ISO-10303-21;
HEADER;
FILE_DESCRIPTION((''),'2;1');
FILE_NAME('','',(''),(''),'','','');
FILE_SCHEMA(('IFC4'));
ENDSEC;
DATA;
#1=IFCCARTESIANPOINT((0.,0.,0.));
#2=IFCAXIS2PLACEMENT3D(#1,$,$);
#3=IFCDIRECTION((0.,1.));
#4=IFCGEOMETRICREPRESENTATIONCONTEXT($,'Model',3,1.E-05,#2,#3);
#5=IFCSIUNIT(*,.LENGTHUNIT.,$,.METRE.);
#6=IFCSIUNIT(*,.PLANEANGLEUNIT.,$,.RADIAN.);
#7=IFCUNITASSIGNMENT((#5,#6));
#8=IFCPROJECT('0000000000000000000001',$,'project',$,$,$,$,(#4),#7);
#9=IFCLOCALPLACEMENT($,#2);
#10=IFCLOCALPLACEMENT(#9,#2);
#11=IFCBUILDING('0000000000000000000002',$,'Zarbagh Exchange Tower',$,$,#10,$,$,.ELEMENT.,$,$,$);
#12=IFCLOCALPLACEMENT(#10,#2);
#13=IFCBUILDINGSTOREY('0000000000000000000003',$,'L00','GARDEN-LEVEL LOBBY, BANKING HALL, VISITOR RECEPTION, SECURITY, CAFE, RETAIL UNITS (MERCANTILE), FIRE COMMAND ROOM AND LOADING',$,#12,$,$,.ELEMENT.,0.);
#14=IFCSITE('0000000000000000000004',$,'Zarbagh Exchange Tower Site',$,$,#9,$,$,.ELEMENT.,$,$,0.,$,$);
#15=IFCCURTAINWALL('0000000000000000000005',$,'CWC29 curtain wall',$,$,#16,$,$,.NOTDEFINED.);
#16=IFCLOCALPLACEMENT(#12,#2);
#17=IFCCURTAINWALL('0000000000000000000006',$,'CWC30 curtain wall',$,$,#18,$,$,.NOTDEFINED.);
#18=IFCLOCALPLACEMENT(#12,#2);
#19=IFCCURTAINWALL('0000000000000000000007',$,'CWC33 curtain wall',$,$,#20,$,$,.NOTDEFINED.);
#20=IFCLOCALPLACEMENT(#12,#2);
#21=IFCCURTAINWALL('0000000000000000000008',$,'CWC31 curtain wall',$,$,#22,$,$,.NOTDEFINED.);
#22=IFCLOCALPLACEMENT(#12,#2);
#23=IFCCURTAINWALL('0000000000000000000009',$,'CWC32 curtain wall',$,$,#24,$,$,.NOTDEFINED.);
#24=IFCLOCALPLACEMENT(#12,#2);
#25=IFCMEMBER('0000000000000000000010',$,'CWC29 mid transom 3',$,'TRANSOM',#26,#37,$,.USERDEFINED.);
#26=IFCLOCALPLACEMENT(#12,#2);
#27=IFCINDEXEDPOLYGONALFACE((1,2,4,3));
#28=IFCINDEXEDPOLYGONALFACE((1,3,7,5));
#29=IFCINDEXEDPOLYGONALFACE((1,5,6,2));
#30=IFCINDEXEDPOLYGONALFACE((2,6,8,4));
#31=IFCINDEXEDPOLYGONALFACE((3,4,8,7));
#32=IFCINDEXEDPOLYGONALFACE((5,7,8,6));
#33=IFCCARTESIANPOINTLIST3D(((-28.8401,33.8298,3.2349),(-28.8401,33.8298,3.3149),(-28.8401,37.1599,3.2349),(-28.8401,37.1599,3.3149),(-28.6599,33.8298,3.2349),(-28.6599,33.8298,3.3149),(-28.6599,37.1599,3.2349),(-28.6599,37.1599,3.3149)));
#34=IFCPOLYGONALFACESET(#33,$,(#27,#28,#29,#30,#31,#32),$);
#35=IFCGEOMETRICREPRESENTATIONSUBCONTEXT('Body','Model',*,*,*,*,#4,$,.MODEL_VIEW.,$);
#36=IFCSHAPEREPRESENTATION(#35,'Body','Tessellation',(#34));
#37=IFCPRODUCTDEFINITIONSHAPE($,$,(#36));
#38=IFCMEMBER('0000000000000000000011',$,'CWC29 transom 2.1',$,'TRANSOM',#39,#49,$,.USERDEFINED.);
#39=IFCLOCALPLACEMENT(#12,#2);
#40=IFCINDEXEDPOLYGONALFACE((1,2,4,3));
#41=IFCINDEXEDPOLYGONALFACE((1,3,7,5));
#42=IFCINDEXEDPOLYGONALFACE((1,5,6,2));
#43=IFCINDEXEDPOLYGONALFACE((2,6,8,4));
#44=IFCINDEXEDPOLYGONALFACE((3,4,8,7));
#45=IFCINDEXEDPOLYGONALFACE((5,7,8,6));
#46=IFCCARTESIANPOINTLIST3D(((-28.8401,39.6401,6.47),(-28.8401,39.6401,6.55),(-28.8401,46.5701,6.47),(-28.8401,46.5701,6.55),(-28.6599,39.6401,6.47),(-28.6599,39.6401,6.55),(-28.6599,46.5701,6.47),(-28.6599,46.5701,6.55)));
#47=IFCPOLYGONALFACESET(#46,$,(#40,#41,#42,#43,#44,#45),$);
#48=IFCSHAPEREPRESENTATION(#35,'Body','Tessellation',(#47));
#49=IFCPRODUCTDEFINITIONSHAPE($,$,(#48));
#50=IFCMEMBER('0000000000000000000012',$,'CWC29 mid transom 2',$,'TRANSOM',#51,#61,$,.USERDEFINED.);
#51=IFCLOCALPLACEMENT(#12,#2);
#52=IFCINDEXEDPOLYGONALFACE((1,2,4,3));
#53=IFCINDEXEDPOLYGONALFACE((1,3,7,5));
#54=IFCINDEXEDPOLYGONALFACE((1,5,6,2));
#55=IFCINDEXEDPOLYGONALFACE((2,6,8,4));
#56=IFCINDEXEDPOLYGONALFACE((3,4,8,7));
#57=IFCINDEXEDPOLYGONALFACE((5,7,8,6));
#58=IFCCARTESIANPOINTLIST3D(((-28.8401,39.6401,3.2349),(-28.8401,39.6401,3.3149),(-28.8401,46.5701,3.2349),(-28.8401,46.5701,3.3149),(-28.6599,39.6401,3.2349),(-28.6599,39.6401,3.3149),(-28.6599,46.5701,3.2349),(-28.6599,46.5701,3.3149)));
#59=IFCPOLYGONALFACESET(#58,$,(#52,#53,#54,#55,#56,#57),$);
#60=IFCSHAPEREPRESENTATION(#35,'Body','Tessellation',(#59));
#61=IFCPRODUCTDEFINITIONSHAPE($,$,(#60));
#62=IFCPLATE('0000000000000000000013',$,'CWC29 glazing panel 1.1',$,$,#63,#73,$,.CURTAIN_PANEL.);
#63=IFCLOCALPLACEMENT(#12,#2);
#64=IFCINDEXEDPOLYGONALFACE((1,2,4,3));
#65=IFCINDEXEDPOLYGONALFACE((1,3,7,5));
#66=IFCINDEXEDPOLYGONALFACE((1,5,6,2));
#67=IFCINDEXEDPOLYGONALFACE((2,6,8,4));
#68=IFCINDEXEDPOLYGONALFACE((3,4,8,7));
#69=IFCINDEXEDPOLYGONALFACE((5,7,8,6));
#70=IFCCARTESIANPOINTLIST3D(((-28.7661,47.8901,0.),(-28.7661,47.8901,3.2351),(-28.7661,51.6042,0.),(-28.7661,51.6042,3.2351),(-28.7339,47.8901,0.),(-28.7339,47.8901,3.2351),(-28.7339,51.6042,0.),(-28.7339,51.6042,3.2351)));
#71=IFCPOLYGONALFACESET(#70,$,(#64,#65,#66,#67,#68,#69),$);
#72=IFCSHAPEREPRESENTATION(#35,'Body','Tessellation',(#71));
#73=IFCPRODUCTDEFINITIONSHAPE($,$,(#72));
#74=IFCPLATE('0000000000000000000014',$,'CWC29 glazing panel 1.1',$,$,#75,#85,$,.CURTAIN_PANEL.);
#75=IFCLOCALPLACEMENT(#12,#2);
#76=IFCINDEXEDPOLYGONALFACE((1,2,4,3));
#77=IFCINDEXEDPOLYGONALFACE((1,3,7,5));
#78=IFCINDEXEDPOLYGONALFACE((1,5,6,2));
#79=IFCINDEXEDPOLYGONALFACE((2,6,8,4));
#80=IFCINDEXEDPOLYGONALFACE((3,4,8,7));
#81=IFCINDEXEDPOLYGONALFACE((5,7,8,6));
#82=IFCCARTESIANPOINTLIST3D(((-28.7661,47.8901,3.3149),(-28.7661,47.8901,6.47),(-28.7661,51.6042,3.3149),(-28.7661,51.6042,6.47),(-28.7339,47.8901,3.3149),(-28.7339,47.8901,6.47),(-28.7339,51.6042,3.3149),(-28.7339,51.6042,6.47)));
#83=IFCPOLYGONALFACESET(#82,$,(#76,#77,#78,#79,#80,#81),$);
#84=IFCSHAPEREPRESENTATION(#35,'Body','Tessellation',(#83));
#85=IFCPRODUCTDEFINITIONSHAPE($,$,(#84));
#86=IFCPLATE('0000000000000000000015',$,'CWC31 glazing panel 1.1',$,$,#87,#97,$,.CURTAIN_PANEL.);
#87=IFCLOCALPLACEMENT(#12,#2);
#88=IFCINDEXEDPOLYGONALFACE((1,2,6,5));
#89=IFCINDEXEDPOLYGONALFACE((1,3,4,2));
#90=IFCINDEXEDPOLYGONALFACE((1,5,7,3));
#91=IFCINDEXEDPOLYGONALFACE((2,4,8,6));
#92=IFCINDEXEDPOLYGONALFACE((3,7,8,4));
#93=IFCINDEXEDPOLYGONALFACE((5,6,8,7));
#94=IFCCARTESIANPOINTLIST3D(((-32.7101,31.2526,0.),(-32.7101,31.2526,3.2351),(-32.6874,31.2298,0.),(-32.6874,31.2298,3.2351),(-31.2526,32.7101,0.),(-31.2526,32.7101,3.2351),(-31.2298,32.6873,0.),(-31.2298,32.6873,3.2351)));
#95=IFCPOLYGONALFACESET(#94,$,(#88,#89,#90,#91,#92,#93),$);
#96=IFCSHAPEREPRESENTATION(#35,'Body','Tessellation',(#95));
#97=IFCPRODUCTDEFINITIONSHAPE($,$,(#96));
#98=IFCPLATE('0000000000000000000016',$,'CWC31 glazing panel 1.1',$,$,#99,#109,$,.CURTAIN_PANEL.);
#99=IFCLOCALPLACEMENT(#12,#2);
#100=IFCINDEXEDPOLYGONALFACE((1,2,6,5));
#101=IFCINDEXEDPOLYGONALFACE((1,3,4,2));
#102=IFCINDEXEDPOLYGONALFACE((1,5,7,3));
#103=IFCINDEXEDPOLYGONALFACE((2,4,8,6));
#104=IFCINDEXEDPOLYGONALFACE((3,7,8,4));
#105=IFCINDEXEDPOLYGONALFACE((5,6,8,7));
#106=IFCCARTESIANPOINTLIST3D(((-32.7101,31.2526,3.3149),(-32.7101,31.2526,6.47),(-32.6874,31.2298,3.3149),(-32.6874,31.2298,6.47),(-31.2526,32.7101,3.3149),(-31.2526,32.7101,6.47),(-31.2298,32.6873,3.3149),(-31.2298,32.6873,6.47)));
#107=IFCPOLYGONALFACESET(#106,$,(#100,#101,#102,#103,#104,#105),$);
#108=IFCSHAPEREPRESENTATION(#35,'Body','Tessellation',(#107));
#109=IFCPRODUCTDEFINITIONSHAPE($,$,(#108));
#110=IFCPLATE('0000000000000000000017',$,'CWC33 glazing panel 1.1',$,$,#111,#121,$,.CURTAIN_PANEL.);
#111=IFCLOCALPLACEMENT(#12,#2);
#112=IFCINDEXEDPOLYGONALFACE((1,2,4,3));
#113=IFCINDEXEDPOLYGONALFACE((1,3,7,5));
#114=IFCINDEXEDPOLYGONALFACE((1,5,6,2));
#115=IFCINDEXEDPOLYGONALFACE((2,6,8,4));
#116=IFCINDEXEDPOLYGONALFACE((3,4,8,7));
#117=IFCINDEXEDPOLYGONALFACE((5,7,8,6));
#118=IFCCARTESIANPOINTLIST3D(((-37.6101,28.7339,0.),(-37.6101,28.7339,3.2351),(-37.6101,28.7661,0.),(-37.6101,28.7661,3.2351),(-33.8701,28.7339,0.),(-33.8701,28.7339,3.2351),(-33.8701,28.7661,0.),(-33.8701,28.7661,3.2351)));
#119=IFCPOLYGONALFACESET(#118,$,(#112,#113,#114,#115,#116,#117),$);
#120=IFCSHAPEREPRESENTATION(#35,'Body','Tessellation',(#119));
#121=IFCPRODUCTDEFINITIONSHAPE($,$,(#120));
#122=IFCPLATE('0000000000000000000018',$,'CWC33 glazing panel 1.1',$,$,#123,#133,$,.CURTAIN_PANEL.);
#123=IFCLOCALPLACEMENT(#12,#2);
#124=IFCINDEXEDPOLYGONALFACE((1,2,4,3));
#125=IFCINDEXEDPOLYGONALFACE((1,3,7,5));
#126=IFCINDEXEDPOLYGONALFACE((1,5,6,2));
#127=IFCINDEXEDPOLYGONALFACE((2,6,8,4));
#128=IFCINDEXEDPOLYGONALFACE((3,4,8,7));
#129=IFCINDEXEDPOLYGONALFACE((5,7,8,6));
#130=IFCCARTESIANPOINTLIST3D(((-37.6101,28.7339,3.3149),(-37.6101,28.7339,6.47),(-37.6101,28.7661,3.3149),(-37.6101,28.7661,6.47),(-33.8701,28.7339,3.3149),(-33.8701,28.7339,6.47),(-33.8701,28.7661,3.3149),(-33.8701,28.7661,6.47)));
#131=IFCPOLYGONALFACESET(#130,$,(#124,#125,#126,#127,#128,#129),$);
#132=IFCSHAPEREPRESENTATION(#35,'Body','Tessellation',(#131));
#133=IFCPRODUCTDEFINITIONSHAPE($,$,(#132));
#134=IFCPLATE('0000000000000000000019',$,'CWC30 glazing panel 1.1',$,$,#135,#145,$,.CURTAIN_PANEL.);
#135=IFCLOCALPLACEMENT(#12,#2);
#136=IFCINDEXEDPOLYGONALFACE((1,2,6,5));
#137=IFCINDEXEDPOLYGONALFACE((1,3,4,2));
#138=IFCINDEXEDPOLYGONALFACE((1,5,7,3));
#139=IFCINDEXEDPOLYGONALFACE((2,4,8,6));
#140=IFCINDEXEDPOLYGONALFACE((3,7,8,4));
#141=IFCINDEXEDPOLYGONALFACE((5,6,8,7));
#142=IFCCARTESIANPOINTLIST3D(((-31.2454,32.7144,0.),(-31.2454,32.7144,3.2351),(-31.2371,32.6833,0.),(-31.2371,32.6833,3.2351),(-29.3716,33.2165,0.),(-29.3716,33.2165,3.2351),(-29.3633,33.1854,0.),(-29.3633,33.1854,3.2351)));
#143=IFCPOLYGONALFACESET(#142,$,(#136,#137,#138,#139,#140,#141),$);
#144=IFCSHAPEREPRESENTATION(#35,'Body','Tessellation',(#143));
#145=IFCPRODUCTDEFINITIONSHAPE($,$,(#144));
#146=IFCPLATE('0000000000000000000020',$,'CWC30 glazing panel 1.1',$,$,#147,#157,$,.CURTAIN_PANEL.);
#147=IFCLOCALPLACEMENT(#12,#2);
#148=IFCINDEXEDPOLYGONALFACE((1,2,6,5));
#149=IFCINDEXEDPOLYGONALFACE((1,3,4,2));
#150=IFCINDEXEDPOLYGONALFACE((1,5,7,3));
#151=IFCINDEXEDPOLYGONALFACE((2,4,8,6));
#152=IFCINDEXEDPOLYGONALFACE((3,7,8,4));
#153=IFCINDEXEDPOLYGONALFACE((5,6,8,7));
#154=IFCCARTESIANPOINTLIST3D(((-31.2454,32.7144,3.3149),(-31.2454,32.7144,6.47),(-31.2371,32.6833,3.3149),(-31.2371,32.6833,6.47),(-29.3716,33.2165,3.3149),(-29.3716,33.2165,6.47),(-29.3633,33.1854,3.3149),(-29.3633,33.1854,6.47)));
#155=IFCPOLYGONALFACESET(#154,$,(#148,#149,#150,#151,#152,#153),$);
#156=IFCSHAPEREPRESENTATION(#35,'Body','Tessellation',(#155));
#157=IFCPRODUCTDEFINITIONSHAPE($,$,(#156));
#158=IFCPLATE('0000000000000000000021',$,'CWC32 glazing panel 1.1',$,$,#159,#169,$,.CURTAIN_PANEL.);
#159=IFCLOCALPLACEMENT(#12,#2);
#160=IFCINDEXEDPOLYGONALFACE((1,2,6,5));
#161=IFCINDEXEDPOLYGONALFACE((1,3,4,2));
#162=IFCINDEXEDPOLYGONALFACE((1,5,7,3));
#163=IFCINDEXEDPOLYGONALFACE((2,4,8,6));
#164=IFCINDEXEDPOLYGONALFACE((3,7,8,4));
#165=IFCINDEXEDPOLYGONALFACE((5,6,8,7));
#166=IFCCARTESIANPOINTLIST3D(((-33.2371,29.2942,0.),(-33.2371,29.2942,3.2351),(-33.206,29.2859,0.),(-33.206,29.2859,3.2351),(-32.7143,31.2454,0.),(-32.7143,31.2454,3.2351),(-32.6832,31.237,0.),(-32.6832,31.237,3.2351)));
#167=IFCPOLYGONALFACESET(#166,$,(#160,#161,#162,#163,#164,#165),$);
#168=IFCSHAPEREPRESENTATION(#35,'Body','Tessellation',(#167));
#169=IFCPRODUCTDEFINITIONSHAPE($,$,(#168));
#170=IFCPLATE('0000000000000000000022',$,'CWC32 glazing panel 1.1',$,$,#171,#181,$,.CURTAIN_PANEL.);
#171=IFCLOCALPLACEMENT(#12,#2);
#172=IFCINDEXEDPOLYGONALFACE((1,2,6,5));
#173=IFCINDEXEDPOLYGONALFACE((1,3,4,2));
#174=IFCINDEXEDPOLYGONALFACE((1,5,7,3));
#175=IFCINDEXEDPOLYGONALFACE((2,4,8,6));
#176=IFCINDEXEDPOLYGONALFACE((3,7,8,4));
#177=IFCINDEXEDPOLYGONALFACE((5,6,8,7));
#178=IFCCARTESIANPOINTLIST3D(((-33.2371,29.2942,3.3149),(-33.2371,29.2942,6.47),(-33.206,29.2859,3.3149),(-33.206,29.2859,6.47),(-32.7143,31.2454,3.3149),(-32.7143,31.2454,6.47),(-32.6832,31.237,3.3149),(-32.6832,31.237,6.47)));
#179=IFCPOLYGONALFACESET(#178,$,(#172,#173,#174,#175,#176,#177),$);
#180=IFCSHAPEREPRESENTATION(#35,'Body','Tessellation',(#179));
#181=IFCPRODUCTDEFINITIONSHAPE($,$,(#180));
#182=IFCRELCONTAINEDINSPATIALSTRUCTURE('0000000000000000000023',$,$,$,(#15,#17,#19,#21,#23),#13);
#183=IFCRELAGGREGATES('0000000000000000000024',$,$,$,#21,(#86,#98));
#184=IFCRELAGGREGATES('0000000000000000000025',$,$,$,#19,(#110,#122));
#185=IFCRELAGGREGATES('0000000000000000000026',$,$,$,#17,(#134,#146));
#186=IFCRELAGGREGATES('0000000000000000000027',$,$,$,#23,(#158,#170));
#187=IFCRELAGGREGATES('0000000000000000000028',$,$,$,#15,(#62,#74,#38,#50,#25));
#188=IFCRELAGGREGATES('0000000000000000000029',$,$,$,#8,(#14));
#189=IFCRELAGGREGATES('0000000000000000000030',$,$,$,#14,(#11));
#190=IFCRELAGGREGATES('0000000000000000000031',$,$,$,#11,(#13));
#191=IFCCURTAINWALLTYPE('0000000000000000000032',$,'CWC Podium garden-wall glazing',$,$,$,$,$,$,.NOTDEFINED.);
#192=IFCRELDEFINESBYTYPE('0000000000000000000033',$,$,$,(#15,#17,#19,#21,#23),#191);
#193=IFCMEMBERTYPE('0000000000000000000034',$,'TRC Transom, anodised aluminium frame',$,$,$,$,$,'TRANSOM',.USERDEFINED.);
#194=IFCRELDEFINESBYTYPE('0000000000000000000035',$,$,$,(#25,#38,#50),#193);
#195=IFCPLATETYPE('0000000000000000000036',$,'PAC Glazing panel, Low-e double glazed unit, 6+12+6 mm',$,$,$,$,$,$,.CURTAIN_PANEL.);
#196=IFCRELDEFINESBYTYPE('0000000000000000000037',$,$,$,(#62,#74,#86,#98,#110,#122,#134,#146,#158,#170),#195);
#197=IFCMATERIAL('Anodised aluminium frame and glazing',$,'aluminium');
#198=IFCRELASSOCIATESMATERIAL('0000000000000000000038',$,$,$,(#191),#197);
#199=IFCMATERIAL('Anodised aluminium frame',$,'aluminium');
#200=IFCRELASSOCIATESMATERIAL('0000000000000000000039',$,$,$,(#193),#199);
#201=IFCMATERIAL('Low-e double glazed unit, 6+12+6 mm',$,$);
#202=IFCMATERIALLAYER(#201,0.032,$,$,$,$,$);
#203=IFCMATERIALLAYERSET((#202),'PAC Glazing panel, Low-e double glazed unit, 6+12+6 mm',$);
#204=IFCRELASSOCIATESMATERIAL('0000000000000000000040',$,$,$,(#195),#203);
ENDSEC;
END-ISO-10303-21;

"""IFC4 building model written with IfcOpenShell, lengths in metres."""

from ifc_helpers import new_model, si_unit, direction, origin, place, context, subcontext, project, spatial, polyline, outline, extrude, source, transform, mapped, material, layer, layer_set, type_object, element, aggregate, save


model = new_model("IFC4")

# Units and contexts
model_context = context("Model", 3, precision=1e-05, world=origin(), true_north=direction((0.0, 1.0)))
body_context = subcontext(model_context, "Body", "Model", "MODEL_VIEW")
ifc_project = project(units=[si_unit("LENGTHUNIT", "METRE"), si_unit("PLANEANGLEUNIT", "RADIAN")], contexts=[model_context])

# Site, building, storey
site_placement = place(None, origin())
site = spatial("IfcSite", under=ifc_project, at=site_placement, Name="Zarbagh Exchange Tower Site", CompositionType="ELEMENT", RefElevation=0.0)
building_placement = place(site_placement, origin())
building = spatial("IfcBuilding", under=site, at=building_placement, Name="Zarbagh Exchange Tower", CompositionType="ELEMENT")
storey_placement = place(building_placement, origin())
storey = spatial("IfcBuildingStorey", under=building, at=storey_placement, Name="L00", Description="GARDEN-LEVEL LOBBY, BANKING HALL, VISITOR RECEPTION, SECURITY, CAFE, RETAIL UNITS (MERCANTILE), FIRE COMMAND ROOM AND LOADING", CompositionType="ELEMENT", Elevation=0.0)

# Curtain wall
ifc_material_1 = material(Name="Anodised aluminium frame and glazing", Category="aluminium")
curtain_wall_type = type_object("IfcCurtainWallType", Name="CWC Podium garden-wall glazing", PredefinedType="NOTDEFINED", material=ifc_material_1)
curtain_wall_1_placement = place(storey_placement, origin())
curtain_wall_1 = element("IfcCurtainWall", 1, at=curtain_wall_1_placement, inside=storey, type_object=curtain_wall_type, Name="CWC29 curtain wall", PredefinedType="NOTDEFINED")
ifc_material_2 = material(Name="Anodised aluminium frame", Category="aluminium")
placement = place(storey_placement, origin())

# Curtain walls
curtain_wall_2_placement = place(storey_placement, origin())
curtain_wall_2 = element("IfcCurtainWall", 2, at=curtain_wall_2_placement, inside=storey, type_object=curtain_wall_type, Name="CWC30 curtain wall", PredefinedType="NOTDEFINED")
curtain_wall_3_placement = place(storey_placement, origin())
curtain_wall_3 = element("IfcCurtainWall", 3, at=curtain_wall_3_placement, inside=storey, type_object=curtain_wall_type, Name="CWC33 curtain wall", PredefinedType="NOTDEFINED")

# Curtain wall
curtain_wall_4_placement = place(storey_placement, origin())
curtain_wall_4 = element("IfcCurtainWall", 4, at=curtain_wall_4_placement, inside=storey, type_object=curtain_wall_type, Name="CWC31 curtain wall", PredefinedType="NOTDEFINED")
member_type_1 = type_object("IfcMemberType", Name="TRC Transom, anodised aluminium frame", ElementType="TRANSOM", PredefinedType="USERDEFINED", material=ifc_material_2)

# Curtain wall
curtain_wall_5_placement = place(storey_placement, origin())
curtain_wall_5 = element("IfcCurtainWall", 5, at=curtain_wall_5_placement, inside=storey, type_object=curtain_wall_type, Name="CWC32 curtain wall", PredefinedType="NOTDEFINED")

# Members
shared_shape_1 = source(origin(), body_context, "Body", "SweptSolid", [
    extrude(outline(polyline([(-0.04, -0.0901), (0.04, -0.0901), (0.04, 0.0901), (-0.04, 0.0901), (-0.04, -0.0901)])), origin(), (0.0, 0.0, 1.0), 3.3301),
])
member_1 = element("IfcMember", 6, at=placement, type_object=member_type_1, Name="CWC29 mid transom 3", ObjectType="TRANSOM", PredefinedType="USERDEFINED", context=body_context, shape_type="MappedRepresentation", body=[
    mapped(shared_shape_1, transform((-28.75, 37.1599, 3.2749), x_axis=(0.0, 0.0, 1.0), y_axis=(-1.0, 0.0, 0.0), z_axis=(0.0, -1.0, 0.0))),
])
shared_shape_2 = source(origin(), body_context, "Body", "SweptSolid", [
    extrude(outline(polyline([(-0.0801, -0.0901), (0.0, -0.0901), (0.0, 0.0901), (-0.0801, 0.0901), (-0.0801, -0.0901)])), origin(), (0.0, 0.0, 1.0), 6.9299),
])
member_2 = element("IfcMember", 7, at=placement, type_object=member_type_1, Name="CWC29 transom 2.1", ObjectType="TRANSOM", PredefinedType="USERDEFINED", context=body_context, shape_type="MappedRepresentation", body=[
    mapped(shared_shape_2, transform((-28.75, 46.5701, 6.55), x_axis=(0.0, 0.0, 1.0), y_axis=(-1.0, 0.0, 0.0), z_axis=(0.0, -1.0, 0.0))),
])
shared_shape_3 = source(origin(), body_context, "Body", "SweptSolid", [
    extrude(outline(polyline([(-0.04, -0.0901), (0.04, -0.0901), (0.04, 0.0901), (-0.04, 0.0901), (-0.04, -0.0901)])), origin(), (0.0, 0.0, 1.0), 6.9299),
])
member_3 = element("IfcMember", 8, at=placement, type_object=member_type_1, Name="CWC29 mid transom 2", ObjectType="TRANSOM", PredefinedType="USERDEFINED", context=body_context, shape_type="MappedRepresentation", body=[
    mapped(shared_shape_3, transform((-28.75, 46.5701, 3.2749), x_axis=(0.0, 0.0, 1.0), y_axis=(-1.0, 0.0, 0.0), z_axis=(0.0, -1.0, 0.0))),
])

# Plates
ifc_material_3 = material(Name="Low-e double glazed unit, 6+12+6 mm")
ifc_layer = layer(ifc_material_3, 0.032)
ifc_layer_set = layer_set([ifc_layer], Name="PAC Glazing panel, Low-e double glazed unit, 6+12+6 mm")
plate_type = type_object("IfcPlateType", Name="PAC Glazing panel, Low-e double glazed unit, 6+12+6 mm", PredefinedType="CURTAIN_PANEL", material=ifc_layer_set)
shared_shape_4 = source(origin(), body_context, "Body", "SweptSolid", [
    extrude(outline(polyline([(0.0, -0.0161), (3.7141, -0.0161), (3.7141, 0.0161), (0.0, 0.0161), (0.0, -0.0161)])), origin(), (0.0, 0.0, 1.0), 3.2351),
])
plate_1 = element("IfcPlate", 9, at=placement, type_object=plate_type, Name="CWC29 glazing panel 1.1", PredefinedType="CURTAIN_PANEL", context=body_context, shape_type="MappedRepresentation", body=[
    mapped(shared_shape_4, transform((-28.75, 51.6042, 0.0), x_axis=(0.0, -1.0, 0.0), y_axis=(1.0, 0.0, 0.0), z_axis=(0.0, 0.0, 1.0))),
])
shared_shape_5 = source(origin(), body_context, "Body", "SweptSolid", [
    extrude(outline(polyline([(0.0, -0.0161), (3.7141, -0.0161), (3.7141, 0.0161), (0.0, 0.0161), (0.0, -0.0161)])), origin(), (0.0, 0.0, 1.0), 3.155),
])
plate_2 = element("IfcPlate", 10, at=placement, type_object=plate_type, Name="CWC29 glazing panel 1.1", PredefinedType="CURTAIN_PANEL", context=body_context, shape_type="MappedRepresentation", body=[
    mapped(shared_shape_5, transform((-28.75, 51.6042, 3.3149), x_axis=(0.0, -1.0, 0.0), y_axis=(1.0, 0.0, 0.0), z_axis=(0.0, 0.0, 1.0))),
])
shared_shape_6 = source(origin(), body_context, "Body", "SweptSolid", [
    extrude(outline(polyline([(0.0, -0.0161), (2.0613, -0.0161), (2.0613, 0.0161), (0.0, 0.0161), (0.0, -0.0161)])), origin(), (0.0, 0.0, 1.0), 3.2351),
])
plate_3 = element("IfcPlate", 11, at=placement, type_object=plate_type, Name="CWC31 glazing panel 1.1", PredefinedType="CURTAIN_PANEL", context=body_context, shape_type="MappedRepresentation", body=[
    mapped(shared_shape_6, transform((-31.2412, 32.6987, 0.0), x_axis=(-0.707107, -0.707107, 0.0), y_axis=(0.707107, -0.707107, 0.0), z_axis=(0.0, 0.0, 1.0))),
])
shared_shape_7 = source(origin(), body_context, "Body", "SweptSolid", [
    extrude(outline(polyline([(0.0, -0.0161), (2.0613, -0.0161), (2.0613, 0.0161), (0.0, 0.0161), (0.0, -0.0161)])), origin(), (0.0, 0.0, 1.0), 3.155),
])
plate_4 = element("IfcPlate", 12, at=placement, type_object=plate_type, Name="CWC31 glazing panel 1.1", PredefinedType="CURTAIN_PANEL", context=body_context, shape_type="MappedRepresentation", body=[
    mapped(shared_shape_7, transform((-31.2412, 32.6987, 3.3149), x_axis=(-0.707107, -0.707107, 0.0), y_axis=(0.707107, -0.707107, 0.0), z_axis=(0.0, 0.0, 1.0))),
])
aggregate(curtain_wall_4, [plate_3, plate_4])
shared_shape_8 = source(origin(), body_context, "Body", "SweptSolid", [
    extrude(outline(polyline([(0.0, -0.0161), (3.74, -0.0161), (3.74, 0.0161), (0.0, 0.0161), (0.0, -0.0161)])), origin(), (0.0, 0.0, 1.0), 3.2351),
])
plate_5 = element("IfcPlate", 13, at=placement, type_object=plate_type, Name="CWC33 glazing panel 1.1", PredefinedType="CURTAIN_PANEL", context=body_context, shape_type="MappedRepresentation", body=[
    mapped(shared_shape_8, transform((-33.8701, 28.75, 0.0), x_axis=(-1.0, 0.0, 0.0), y_axis=(0.0, -1.0, 0.0), z_axis=(0.0, 0.0, 1.0))),
])
shared_shape_9 = source(origin(), body_context, "Body", "SweptSolid", [
    extrude(outline(polyline([(0.0, -0.0161), (3.74, -0.0161), (3.74, 0.0161), (0.0, 0.0161), (0.0, -0.0161)])), origin(), (0.0, 0.0, 1.0), 3.155),
])
plate_6 = element("IfcPlate", 14, at=placement, type_object=plate_type, Name="CWC33 glazing panel 1.1", PredefinedType="CURTAIN_PANEL", context=body_context, shape_type="MappedRepresentation", body=[
    mapped(shared_shape_9, transform((-33.8701, 28.75, 3.3149), x_axis=(-1.0, 0.0, 0.0), y_axis=(0.0, -1.0, 0.0), z_axis=(0.0, 0.0, 1.0))),
])
aggregate(curtain_wall_3, [plate_5, plate_6])
shared_shape_10 = source(origin(), body_context, "Body", "SweptSolid", [
    extrude(outline(polyline([(0.0, -0.0161), (1.9399, -0.0161), (1.9399, 0.0161), (0.0, 0.0161), (0.0, -0.0161)])), origin(), (0.0, 0.0, 1.0), 3.2351),
])
plate_7 = element("IfcPlate", 15, at=placement, type_object=plate_type, Name="CWC30 glazing panel 1.1", PredefinedType="CURTAIN_PANEL", context=body_context, shape_type="MappedRepresentation", body=[
    mapped(shared_shape_10, transform((-29.3674, 33.2009, 0.0), x_axis=(-0.965924, -0.258825, 0.0), y_axis=(0.258825, -0.965924, 0.0), z_axis=(0.0, 0.0, 1.0))),
])
shared_shape_11 = source(origin(), body_context, "Body", "SweptSolid", [
    extrude(outline(polyline([(0.0, -0.0161), (1.9399, -0.0161), (1.9399, 0.0161), (0.0, 0.0161), (0.0, -0.0161)])), origin(), (0.0, 0.0, 1.0), 3.155),
])
plate_8 = element("IfcPlate", 16, at=placement, type_object=plate_type, Name="CWC30 glazing panel 1.1", PredefinedType="CURTAIN_PANEL", context=body_context, shape_type="MappedRepresentation", body=[
    mapped(shared_shape_11, transform((-29.3674, 33.2009, 3.3149), x_axis=(-0.965924, -0.258825, 0.0), y_axis=(0.258825, -0.965924, 0.0), z_axis=(0.0, 0.0, 1.0))),
])
aggregate(curtain_wall_2, [plate_7, plate_8])
shared_shape_12 = source(origin(), body_context, "Body", "SweptSolid", [
    extrude(outline(polyline([(0.0, -0.0161), (2.02, -0.0161), (2.02, 0.0161), (0.0, 0.0161), (0.0, -0.0161)])), origin(), (0.0, 0.0, 1.0), 3.2351),
])
plate_9 = element("IfcPlate", 17, at=placement, type_object=plate_type, Name="CWC32 glazing panel 1.1", PredefinedType="CURTAIN_PANEL", context=body_context, shape_type="MappedRepresentation", body=[
    mapped(shared_shape_12, transform((-32.6987, 31.2412, 0.0), x_axis=(-0.258825, -0.965924, 0.0), y_axis=(0.965924, -0.258825, 0.0), z_axis=(0.0, 0.0, 1.0))),
])
shared_shape_13 = source(origin(), body_context, "Body", "SweptSolid", [
    extrude(outline(polyline([(0.0, -0.0161), (2.02, -0.0161), (2.02, 0.0161), (0.0, 0.0161), (0.0, -0.0161)])), origin(), (0.0, 0.0, 1.0), 3.155),
])
plate_10 = element("IfcPlate", 18, at=placement, type_object=plate_type, Name="CWC32 glazing panel 1.1", PredefinedType="CURTAIN_PANEL", context=body_context, shape_type="MappedRepresentation", body=[
    mapped(shared_shape_13, transform((-32.6987, 31.2412, 3.3149), x_axis=(-0.258825, -0.965924, 0.0), y_axis=(0.965924, -0.258825, 0.0), z_axis=(0.0, 0.0, 1.0))),
])
aggregate(curtain_wall_5, [plate_9, plate_10])
aggregate(curtain_wall_1, [plate_1, plate_2, member_2, member_3, member_1])

save(model, "model.ifc")
